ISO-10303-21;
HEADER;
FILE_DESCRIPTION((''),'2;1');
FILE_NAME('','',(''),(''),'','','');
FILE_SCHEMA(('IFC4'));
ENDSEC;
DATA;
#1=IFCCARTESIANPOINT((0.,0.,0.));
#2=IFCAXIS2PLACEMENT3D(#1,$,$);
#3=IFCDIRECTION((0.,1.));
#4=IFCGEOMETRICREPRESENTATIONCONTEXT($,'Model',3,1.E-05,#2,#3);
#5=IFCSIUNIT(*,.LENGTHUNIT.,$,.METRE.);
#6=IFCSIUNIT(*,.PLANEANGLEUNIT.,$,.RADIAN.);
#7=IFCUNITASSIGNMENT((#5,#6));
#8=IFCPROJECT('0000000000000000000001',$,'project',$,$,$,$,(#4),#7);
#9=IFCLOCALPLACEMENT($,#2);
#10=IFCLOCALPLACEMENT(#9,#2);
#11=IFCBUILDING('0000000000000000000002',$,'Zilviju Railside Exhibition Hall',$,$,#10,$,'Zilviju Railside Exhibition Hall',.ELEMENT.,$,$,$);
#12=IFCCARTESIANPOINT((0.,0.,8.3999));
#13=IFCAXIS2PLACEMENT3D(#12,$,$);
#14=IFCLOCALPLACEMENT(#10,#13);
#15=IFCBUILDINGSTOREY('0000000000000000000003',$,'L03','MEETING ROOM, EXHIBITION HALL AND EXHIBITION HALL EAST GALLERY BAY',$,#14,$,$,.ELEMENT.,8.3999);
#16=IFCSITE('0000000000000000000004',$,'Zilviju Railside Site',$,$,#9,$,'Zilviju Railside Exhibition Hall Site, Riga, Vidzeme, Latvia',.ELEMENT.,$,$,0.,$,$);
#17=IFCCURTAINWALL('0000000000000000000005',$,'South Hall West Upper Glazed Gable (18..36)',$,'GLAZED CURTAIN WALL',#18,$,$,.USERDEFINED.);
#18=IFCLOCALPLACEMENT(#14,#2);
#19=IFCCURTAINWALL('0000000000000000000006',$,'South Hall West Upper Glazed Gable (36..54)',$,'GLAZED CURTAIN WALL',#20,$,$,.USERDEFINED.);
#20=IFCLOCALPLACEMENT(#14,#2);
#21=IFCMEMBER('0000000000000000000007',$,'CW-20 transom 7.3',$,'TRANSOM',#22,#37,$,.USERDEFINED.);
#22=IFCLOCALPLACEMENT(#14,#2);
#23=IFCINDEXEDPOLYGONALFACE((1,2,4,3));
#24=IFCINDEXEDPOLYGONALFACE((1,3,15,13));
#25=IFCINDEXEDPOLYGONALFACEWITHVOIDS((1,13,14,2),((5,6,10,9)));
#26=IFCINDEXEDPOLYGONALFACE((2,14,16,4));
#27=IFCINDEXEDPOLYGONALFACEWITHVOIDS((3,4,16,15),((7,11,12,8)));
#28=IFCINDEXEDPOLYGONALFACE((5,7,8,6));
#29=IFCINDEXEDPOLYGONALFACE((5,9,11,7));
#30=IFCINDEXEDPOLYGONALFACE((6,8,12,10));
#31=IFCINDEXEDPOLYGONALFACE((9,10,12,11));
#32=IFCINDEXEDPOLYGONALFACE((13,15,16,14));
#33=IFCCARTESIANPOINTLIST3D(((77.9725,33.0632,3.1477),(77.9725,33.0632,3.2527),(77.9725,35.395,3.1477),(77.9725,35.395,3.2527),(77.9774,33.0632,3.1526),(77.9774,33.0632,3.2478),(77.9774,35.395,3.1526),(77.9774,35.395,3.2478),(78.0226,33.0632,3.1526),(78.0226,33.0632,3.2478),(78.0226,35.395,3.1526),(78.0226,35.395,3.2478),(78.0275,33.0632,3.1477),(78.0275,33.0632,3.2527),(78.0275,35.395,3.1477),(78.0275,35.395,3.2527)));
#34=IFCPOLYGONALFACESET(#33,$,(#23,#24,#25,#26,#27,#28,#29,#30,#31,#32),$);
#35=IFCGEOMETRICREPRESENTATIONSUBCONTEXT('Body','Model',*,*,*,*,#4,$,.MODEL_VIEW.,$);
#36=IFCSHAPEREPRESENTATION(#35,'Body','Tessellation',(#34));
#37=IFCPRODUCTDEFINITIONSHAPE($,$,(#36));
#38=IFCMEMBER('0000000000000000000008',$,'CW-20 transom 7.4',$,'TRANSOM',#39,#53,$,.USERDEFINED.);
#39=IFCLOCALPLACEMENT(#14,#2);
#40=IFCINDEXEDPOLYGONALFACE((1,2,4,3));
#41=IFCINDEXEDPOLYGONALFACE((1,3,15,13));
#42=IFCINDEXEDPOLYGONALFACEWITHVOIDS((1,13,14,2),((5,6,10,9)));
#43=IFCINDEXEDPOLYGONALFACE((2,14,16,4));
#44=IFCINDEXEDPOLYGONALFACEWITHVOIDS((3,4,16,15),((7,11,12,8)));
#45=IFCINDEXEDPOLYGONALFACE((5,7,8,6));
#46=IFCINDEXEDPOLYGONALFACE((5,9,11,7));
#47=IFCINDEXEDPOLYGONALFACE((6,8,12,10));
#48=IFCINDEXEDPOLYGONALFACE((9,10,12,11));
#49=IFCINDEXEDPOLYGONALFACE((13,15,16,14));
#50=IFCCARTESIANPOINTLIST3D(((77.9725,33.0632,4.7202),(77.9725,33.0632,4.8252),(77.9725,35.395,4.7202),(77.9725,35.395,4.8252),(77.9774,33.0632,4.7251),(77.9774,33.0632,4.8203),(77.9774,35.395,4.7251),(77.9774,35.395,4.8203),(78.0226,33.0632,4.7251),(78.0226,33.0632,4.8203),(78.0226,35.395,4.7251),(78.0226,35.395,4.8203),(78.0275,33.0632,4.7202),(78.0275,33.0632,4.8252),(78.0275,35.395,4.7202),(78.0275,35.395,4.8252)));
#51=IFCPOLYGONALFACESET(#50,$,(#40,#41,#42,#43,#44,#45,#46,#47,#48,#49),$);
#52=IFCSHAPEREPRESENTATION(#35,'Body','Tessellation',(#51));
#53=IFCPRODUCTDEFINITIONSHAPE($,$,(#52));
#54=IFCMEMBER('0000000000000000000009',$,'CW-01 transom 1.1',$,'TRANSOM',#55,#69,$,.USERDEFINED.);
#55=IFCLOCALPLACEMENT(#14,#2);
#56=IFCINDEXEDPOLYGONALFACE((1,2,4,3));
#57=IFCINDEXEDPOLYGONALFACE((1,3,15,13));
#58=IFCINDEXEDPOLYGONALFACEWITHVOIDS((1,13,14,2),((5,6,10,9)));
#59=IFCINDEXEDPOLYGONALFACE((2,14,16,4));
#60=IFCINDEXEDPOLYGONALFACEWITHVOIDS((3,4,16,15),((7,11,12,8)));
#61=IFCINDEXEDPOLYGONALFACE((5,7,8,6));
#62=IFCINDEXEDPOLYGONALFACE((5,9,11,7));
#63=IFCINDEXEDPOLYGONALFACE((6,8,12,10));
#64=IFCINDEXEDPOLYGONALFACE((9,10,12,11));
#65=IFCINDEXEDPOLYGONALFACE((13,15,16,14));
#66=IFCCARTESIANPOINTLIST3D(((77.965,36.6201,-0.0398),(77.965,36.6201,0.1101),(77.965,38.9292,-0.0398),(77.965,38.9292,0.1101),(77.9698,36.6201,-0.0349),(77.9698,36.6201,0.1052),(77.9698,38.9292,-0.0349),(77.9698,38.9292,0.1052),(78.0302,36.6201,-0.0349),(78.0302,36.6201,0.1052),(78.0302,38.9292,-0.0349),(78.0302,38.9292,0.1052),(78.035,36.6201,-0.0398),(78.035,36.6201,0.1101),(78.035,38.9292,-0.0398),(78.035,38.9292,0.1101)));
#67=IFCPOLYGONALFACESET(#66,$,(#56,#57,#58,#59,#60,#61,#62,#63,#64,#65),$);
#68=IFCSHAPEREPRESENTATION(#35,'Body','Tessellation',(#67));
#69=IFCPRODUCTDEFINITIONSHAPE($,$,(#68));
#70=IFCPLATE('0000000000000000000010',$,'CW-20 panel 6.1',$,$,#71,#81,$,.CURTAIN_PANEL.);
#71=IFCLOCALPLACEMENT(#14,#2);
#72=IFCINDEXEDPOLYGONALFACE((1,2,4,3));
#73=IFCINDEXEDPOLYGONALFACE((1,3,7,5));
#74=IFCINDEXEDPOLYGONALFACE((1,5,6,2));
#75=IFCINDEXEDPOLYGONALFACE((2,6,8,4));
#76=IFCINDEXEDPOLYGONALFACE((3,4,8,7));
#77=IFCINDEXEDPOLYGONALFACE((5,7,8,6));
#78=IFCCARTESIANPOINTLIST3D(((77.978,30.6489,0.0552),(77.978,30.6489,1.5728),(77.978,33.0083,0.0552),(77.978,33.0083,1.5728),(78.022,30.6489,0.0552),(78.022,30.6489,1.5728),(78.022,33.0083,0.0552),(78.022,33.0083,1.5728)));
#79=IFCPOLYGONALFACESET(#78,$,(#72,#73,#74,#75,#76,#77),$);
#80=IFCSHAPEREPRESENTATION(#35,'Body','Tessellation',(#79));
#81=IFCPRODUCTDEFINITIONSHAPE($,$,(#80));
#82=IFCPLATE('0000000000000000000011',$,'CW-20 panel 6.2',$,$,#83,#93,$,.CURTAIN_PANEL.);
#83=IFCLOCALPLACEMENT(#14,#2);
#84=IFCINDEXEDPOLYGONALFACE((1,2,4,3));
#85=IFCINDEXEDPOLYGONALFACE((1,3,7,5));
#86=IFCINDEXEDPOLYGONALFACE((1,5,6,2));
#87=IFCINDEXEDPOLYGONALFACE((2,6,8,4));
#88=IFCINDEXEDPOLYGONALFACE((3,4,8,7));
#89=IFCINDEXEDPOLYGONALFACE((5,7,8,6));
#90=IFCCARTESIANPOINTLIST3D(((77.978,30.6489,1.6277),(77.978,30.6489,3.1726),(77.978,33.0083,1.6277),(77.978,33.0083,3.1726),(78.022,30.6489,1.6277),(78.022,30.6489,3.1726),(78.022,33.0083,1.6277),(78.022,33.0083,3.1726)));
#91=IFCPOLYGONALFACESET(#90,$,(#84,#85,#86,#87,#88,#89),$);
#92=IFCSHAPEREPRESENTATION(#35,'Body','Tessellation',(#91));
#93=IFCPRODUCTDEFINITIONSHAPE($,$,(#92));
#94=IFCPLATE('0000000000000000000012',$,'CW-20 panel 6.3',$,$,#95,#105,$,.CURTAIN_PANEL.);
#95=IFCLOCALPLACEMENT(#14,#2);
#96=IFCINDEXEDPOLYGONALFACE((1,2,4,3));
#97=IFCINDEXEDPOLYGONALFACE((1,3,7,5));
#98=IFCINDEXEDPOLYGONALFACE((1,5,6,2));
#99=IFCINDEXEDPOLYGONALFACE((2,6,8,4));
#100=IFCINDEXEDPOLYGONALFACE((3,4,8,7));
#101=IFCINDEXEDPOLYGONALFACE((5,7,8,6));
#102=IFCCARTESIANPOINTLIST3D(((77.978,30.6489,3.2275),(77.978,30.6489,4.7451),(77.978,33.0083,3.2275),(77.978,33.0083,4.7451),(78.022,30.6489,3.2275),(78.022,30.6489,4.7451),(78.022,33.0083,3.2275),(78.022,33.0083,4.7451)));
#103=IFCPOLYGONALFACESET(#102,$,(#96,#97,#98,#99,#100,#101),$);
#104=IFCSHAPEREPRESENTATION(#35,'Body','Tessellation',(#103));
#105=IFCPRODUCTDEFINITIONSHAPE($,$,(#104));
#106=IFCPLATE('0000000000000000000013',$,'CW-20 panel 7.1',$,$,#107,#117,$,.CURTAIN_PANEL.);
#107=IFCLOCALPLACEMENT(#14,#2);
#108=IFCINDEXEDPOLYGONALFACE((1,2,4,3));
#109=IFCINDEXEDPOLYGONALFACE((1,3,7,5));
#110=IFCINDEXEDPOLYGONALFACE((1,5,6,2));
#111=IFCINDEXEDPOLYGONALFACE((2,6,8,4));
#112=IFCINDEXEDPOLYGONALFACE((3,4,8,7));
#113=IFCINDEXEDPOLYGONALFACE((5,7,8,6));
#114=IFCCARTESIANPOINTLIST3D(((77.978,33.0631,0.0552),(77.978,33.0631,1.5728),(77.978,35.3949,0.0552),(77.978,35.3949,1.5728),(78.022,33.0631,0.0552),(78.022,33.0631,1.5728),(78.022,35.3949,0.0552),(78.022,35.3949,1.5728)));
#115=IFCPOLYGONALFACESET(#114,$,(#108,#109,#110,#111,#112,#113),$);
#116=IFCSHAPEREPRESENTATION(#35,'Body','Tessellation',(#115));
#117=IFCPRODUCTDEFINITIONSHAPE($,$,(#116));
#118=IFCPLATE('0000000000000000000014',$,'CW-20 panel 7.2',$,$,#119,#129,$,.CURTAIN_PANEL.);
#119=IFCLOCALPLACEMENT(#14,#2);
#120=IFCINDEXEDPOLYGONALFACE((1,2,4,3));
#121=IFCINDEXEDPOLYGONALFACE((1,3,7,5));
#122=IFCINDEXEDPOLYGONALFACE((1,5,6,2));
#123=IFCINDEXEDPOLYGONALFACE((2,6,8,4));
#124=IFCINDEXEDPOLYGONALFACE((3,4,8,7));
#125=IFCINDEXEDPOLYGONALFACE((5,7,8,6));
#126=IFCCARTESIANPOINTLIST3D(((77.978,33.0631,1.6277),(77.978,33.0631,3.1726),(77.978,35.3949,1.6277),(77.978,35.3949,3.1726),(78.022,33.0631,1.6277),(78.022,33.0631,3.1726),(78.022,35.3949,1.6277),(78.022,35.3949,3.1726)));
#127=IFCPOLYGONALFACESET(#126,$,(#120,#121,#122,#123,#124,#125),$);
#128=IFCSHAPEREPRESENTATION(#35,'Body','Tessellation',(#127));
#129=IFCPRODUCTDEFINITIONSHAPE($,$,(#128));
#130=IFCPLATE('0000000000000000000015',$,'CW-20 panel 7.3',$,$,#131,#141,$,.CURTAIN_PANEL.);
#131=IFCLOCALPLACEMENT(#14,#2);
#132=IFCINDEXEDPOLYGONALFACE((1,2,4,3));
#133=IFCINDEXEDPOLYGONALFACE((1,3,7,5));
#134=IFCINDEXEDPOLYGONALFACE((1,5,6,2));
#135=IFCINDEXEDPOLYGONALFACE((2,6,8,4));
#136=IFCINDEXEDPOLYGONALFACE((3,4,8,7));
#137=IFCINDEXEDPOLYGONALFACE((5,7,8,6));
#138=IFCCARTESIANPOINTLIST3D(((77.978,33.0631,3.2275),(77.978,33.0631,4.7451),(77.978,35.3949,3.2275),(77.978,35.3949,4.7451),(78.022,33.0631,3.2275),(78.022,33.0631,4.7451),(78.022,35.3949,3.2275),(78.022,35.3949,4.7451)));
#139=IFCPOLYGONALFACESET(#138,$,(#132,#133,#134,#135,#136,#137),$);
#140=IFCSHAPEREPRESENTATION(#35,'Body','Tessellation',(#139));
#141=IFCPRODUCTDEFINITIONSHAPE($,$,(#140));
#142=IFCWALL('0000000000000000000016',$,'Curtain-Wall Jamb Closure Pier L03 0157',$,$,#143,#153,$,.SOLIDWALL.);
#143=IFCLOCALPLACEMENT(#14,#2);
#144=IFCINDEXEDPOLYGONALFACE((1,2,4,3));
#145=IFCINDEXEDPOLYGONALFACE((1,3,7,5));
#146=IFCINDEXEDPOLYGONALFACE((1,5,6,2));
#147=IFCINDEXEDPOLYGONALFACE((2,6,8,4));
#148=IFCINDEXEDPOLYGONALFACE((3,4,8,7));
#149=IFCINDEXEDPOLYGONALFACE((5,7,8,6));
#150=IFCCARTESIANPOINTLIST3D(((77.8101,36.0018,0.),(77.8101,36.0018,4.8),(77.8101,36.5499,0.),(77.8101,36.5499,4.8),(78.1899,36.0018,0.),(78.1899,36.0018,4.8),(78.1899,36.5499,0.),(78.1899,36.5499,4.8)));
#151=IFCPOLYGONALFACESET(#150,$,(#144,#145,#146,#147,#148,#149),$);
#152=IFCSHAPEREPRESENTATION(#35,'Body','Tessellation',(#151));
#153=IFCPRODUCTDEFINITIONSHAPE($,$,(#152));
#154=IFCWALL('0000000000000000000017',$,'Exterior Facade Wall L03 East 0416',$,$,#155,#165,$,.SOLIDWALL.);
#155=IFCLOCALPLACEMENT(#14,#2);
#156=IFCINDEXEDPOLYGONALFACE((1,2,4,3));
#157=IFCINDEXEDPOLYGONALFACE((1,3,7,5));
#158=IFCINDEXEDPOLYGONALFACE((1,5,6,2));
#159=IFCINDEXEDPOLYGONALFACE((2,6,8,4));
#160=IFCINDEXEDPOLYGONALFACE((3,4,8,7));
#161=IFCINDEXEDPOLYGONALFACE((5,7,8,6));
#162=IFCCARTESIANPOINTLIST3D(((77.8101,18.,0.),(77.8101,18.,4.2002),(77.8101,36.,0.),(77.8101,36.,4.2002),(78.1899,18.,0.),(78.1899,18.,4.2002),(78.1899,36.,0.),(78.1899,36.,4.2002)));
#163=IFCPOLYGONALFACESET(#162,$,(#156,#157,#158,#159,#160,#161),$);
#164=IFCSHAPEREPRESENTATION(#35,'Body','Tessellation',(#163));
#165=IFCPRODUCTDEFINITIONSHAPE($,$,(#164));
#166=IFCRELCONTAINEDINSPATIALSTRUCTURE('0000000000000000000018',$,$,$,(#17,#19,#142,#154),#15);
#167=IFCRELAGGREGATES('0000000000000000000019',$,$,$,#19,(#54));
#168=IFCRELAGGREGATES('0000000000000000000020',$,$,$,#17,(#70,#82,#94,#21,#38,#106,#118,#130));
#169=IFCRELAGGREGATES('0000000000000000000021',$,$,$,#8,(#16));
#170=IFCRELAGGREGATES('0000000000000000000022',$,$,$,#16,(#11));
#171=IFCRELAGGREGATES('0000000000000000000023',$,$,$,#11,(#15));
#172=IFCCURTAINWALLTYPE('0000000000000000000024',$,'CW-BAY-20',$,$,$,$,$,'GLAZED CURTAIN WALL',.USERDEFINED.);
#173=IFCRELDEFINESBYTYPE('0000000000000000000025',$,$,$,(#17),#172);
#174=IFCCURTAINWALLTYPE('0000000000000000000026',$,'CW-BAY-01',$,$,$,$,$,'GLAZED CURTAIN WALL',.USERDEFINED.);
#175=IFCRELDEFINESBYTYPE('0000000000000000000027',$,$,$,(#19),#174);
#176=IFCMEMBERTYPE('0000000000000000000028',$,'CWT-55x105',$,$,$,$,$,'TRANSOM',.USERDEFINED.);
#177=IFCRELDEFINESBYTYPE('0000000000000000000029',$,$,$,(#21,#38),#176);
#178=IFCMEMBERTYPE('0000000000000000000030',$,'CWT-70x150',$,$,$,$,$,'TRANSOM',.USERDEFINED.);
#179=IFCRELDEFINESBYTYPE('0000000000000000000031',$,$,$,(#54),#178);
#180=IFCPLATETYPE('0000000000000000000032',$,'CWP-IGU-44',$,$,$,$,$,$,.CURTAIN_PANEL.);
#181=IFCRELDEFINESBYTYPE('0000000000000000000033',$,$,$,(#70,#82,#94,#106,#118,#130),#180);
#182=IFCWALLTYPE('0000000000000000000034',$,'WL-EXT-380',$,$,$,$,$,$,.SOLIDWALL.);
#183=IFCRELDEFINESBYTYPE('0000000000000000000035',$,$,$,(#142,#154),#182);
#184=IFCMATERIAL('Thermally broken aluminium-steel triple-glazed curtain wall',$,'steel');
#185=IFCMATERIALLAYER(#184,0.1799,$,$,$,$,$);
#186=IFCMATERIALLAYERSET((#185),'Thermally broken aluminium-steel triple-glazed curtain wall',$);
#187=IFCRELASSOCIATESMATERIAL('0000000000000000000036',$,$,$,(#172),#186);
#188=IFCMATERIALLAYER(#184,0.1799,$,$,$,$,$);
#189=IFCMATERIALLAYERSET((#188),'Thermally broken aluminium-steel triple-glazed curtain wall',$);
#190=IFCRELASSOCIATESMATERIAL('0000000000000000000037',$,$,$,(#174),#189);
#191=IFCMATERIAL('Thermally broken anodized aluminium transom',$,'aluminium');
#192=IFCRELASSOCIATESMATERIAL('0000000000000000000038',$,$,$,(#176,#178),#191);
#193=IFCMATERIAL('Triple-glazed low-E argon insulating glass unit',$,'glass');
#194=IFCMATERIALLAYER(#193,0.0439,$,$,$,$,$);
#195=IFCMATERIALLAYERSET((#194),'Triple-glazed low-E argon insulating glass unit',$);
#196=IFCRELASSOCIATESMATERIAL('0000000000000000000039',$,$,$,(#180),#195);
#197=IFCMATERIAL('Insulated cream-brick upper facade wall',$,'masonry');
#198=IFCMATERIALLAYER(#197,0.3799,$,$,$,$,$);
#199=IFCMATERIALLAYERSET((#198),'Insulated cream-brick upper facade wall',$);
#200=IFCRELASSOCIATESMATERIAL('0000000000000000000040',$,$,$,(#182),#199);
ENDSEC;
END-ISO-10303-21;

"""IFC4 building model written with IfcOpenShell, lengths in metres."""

from ifc_helpers import new_model, si_unit, direction, frame, frame_2d, origin, origin_2d, place, context, subcontext, project, spatial, rectangle, hollow_rectangle, extrude, material, layer, layer_set, material_profile, profile_set, type_object, element, aggregate, save


model = new_model("IFC4")

# Units and contexts
model_context = context("Model", 3, precision=1e-05, world=origin(), true_north=direction((0.0, 1.0)))
body_context = subcontext(model_context, "Body", "Model", "MODEL_VIEW")
ifc_project = project(units=[si_unit("LENGTHUNIT", "METRE"), si_unit("PLANEANGLEUNIT", "RADIAN")], contexts=[model_context])

# Site, building, storey
site_placement = place(None, origin())
site = spatial("IfcSite", under=ifc_project, at=site_placement, Name="Zilviju Railside Site", LongName="Zilviju Railside Exhibition Hall Site, Riga, Vidzeme, Latvia", CompositionType="ELEMENT", RefElevation=0.0)
building_placement = place(site_placement, origin())
building = spatial("IfcBuilding", under=site, at=building_placement, Name="Zilviju Railside Exhibition Hall", LongName="Zilviju Railside Exhibition Hall", CompositionType="ELEMENT")
storey_placement = place(building_placement, frame((0.0, 0.0, 8.3999)))
storey = spatial("IfcBuildingStorey", under=building, at=storey_placement, Name="L03", Description="MEETING ROOM, EXHIBITION HALL AND EXHIBITION HALL EAST GALLERY BAY", CompositionType="ELEMENT", Elevation=8.3999)

# Curtain wall
ifc_material_1 = material(Name="Thermally broken aluminium-steel triple-glazed curtain wall", Category="steel")
ifc_layer_1 = layer(ifc_material_1, 0.1799)
ifc_layer_set_1 = layer_set([ifc_layer_1], Name="Thermally broken aluminium-steel triple-glazed curtain wall")
curtain_wall_type_1 = type_object("IfcCurtainWallType", Name="CW-BAY-20", ElementType="GLAZED CURTAIN WALL", PredefinedType="USERDEFINED", material=ifc_layer_set_1)
curtain_wall_1_placement = place(storey_placement, origin())
curtain_wall_1 = element("IfcCurtainWall", 1, at=curtain_wall_1_placement, inside=storey, type_object=curtain_wall_type_1, Name="South Hall West Upper Glazed Gable (18..36)", ObjectType="GLAZED CURTAIN WALL", PredefinedType="USERDEFINED")

# Curtain wall
ifc_layer_2 = layer(ifc_material_1, 0.1799)
ifc_layer_set_2 = layer_set([ifc_layer_2], Name="Thermally broken aluminium-steel triple-glazed curtain wall")
curtain_wall_type_2 = type_object("IfcCurtainWallType", Name="CW-BAY-01", ElementType="GLAZED CURTAIN WALL", PredefinedType="USERDEFINED", material=ifc_layer_set_2)
curtain_wall_2_placement = place(storey_placement, origin())
curtain_wall_2 = element("IfcCurtainWall", 2, at=curtain_wall_2_placement, inside=storey, type_object=curtain_wall_type_2, Name="South Hall West Upper Glazed Gable (36..54)", ObjectType="GLAZED CURTAIN WALL", PredefinedType="USERDEFINED")

# Members
ifc_material_2 = material(Name="Thermally broken anodized aluminium transom", Category="aluminium")
ifc_material_profile_1 = material_profile(ifc_material_2, hollow_rectangle(XDim=0.0549, YDim=0.105, WallThickness=0.0049, at=origin_2d()), Name="TRANSOM 105x55x5")
ifc_profile_set_1 = profile_set([ifc_material_profile_1], Name="Thermally broken anodized aluminium transom")
member_type_1 = type_object("IfcMemberType", Name="CWT-55x105", ElementType="TRANSOM", PredefinedType="USERDEFINED", material=ifc_profile_set_1)
member_1_placement = place(storey_placement, frame((78.0, 33.0632, 3.2002), z_axis=(0.0, 1.0, 0.0), x_axis=(-1.0, 0.0, 0.0)))
member_1 = element("IfcMember", 3, at=member_1_placement, type_object=member_type_1, Name="CW-20 transom 7.3", ObjectType="TRANSOM", PredefinedType="USERDEFINED", context=body_context, shape_type="SweptSolid", body=[
    extrude(hollow_rectangle(XDim=0.0549, YDim=0.105, WallThickness=0.0049, at=origin_2d()), origin(), (0.0, 0.0, 1.0), 2.3318),
])
member_2_placement = place(storey_placement, frame((78.0, 33.0632, 4.7727), z_axis=(0.0, 1.0, 0.0), x_axis=(-1.0, 0.0, 0.0)))
member_2 = element("IfcMember", 4, at=member_2_placement, type_object=member_type_1, Name="CW-20 transom 7.4", ObjectType="TRANSOM", PredefinedType="USERDEFINED", context=body_context, shape_type="SweptSolid", body=[
    extrude(hollow_rectangle(XDim=0.0549, YDim=0.105, WallThickness=0.0049, at=origin_2d()), origin(), (0.0, 0.0, 1.0), 2.3318),
])
ifc_material_profile_2 = material_profile(ifc_material_2, hollow_rectangle(XDim=0.0701, YDim=0.1499, WallThickness=0.0049, at=origin_2d()), Name="TRANSOM 150x70x5")
ifc_profile_set_2 = profile_set([ifc_material_profile_2], Name="Thermally broken anodized aluminium transom")
member_type_2 = type_object("IfcMemberType", Name="CWT-70x150", ElementType="TRANSOM", PredefinedType="USERDEFINED", material=ifc_profile_set_2)
member_3_placement = place(storey_placement, frame((78.0, 36.6201, 0.0352), z_axis=(0.0, 1.0, 0.0), x_axis=(-1.0, 0.0, 0.0)))
member_3 = element("IfcMember", 5, at=member_3_placement, type_object=member_type_2, Name="CW-01 transom 1.1", ObjectType="TRANSOM", PredefinedType="USERDEFINED", context=body_context, shape_type="SweptSolid", body=[
    extrude(hollow_rectangle(XDim=0.0701, YDim=0.1499, WallThickness=0.0049, at=origin_2d()), origin(), (0.0, 0.0, 1.0), 2.3091),
])
aggregate(curtain_wall_2, [member_3])

# Plates
ifc_material_3 = material(Name="Triple-glazed low-E argon insulating glass unit", Category="glass")
ifc_layer_3 = layer(ifc_material_3, 0.0439)
ifc_layer_set_3 = layer_set([ifc_layer_3], Name="Triple-glazed low-E argon insulating glass unit")
plate_type = type_object("IfcPlateType", Name="CWP-IGU-44", PredefinedType="CURTAIN_PANEL", material=ifc_layer_set_3)
plate_1_placement = place(storey_placement, frame((78.0, 31.8286, 0.0552), z_axis=(0.0, 0.0, 1.0), x_axis=(0.0, 1.0, 0.0)))
plate_1 = element("IfcPlate", 6, at=plate_1_placement, type_object=plate_type, Name="CW-20 panel 6.1", PredefinedType="CURTAIN_PANEL", context=body_context, shape_type="SweptSolid", body=[
    extrude(rectangle(XDim=2.3594, YDim=0.0439, at=origin_2d()), origin(), (0.0, 0.0, 1.0), 1.5176),
])
plate_2_placement = place(storey_placement, frame((78.0, 31.8286, 1.6277), z_axis=(0.0, 0.0, 1.0), x_axis=(0.0, 1.0, 0.0)))
plate_2 = element("IfcPlate", 7, at=plate_2_placement, type_object=plate_type, Name="CW-20 panel 6.2", PredefinedType="CURTAIN_PANEL", context=body_context, shape_type="SweptSolid", body=[
    extrude(rectangle(XDim=2.3594, YDim=0.0439, at=origin_2d()), origin(), (0.0, 0.0, 1.0), 1.5449),
])
plate_3_placement = place(storey_placement, frame((78.0, 31.8286, 3.2275), z_axis=(0.0, 0.0, 1.0), x_axis=(0.0, 1.0, 0.0)))
plate_3 = element("IfcPlate", 8, at=plate_3_placement, type_object=plate_type, Name="CW-20 panel 6.3", PredefinedType="CURTAIN_PANEL", context=body_context, shape_type="SweptSolid", body=[
    extrude(rectangle(XDim=2.3594, YDim=0.0439, at=origin_2d()), origin(), (0.0, 0.0, 1.0), 1.5176),
])
plate_4_placement = place(storey_placement, frame((78.0, 34.229, 0.0552), z_axis=(0.0, 0.0, 1.0), x_axis=(0.0, 1.0, 0.0)))
plate_4 = element("IfcPlate", 9, at=plate_4_placement, type_object=plate_type, Name="CW-20 panel 7.1", PredefinedType="CURTAIN_PANEL", context=body_context, shape_type="SweptSolid", body=[
    extrude(rectangle(XDim=2.3318, YDim=0.0439, at=origin_2d()), origin(), (0.0, 0.0, 1.0), 1.5176),
])
plate_5_placement = place(storey_placement, frame((78.0, 34.229, 1.6277), z_axis=(0.0, 0.0, 1.0), x_axis=(0.0, 1.0, 0.0)))
plate_5 = element("IfcPlate", 10, at=plate_5_placement, type_object=plate_type, Name="CW-20 panel 7.2", PredefinedType="CURTAIN_PANEL", context=body_context, shape_type="SweptSolid", body=[
    extrude(rectangle(XDim=2.3318, YDim=0.0439, at=origin_2d()), origin(), (0.0, 0.0, 1.0), 1.5449),
])
plate_6_placement = place(storey_placement, frame((78.0, 34.229, 3.2275), z_axis=(0.0, 0.0, 1.0), x_axis=(0.0, 1.0, 0.0)))
plate_6 = element("IfcPlate", 11, at=plate_6_placement, type_object=plate_type, Name="CW-20 panel 7.3", PredefinedType="CURTAIN_PANEL", context=body_context, shape_type="SweptSolid", body=[
    extrude(rectangle(XDim=2.3318, YDim=0.0439, at=origin_2d()), origin(), (0.0, 0.0, 1.0), 1.5176),
])
aggregate(curtain_wall_1, [plate_1, plate_2, plate_3, member_1, member_2, plate_4, plate_5, plate_6])

# Walls
ifc_material_4 = material(Name="Insulated cream-brick upper facade wall", Category="masonry")
ifc_layer_4 = layer(ifc_material_4, 0.3799)
ifc_layer_set_4 = layer_set([ifc_layer_4], Name="Insulated cream-brick upper facade wall")
wall_type = type_object("IfcWallType", Name="WL-EXT-380", PredefinedType="SOLIDWALL", material=ifc_layer_set_4)
wall_1_placement = place(storey_placement, frame((78.0, 36.002, 0.0), z_axis=(0.0, 0.0, 1.0), x_axis=(0.0, 1.0, 0.0)))
element("IfcWall", 12, at=wall_1_placement, inside=storey, type_object=wall_type, Name="Curtain-Wall Jamb Closure Pier L03 0157", PredefinedType="SOLIDWALL", context=body_context, shape_type="SweptSolid", body=[
    extrude(rectangle(XDim=0.5481, YDim=0.3799, at=frame_2d((0.2739, 0.0))), origin(), (0.0, 0.0, 1.0), 4.8),
])
wall_2_placement = place(storey_placement, frame((78.0, 36.0, 0.0), z_axis=(0.0, 0.0, 1.0), x_axis=(0.0, -1.0, 0.0)))
element("IfcWall", 13, at=wall_2_placement, inside=storey, type_object=wall_type, Name="Exterior Facade Wall L03 East 0416", PredefinedType="SOLIDWALL", context=body_context, shape_type="SweptSolid", body=[
    extrude(rectangle(XDim=18.0, YDim=0.3799, at=frame_2d((9.0, 0.0))), origin(), (0.0, 0.0, 1.0), 4.2002),
])

save(model, "model.ifc")
